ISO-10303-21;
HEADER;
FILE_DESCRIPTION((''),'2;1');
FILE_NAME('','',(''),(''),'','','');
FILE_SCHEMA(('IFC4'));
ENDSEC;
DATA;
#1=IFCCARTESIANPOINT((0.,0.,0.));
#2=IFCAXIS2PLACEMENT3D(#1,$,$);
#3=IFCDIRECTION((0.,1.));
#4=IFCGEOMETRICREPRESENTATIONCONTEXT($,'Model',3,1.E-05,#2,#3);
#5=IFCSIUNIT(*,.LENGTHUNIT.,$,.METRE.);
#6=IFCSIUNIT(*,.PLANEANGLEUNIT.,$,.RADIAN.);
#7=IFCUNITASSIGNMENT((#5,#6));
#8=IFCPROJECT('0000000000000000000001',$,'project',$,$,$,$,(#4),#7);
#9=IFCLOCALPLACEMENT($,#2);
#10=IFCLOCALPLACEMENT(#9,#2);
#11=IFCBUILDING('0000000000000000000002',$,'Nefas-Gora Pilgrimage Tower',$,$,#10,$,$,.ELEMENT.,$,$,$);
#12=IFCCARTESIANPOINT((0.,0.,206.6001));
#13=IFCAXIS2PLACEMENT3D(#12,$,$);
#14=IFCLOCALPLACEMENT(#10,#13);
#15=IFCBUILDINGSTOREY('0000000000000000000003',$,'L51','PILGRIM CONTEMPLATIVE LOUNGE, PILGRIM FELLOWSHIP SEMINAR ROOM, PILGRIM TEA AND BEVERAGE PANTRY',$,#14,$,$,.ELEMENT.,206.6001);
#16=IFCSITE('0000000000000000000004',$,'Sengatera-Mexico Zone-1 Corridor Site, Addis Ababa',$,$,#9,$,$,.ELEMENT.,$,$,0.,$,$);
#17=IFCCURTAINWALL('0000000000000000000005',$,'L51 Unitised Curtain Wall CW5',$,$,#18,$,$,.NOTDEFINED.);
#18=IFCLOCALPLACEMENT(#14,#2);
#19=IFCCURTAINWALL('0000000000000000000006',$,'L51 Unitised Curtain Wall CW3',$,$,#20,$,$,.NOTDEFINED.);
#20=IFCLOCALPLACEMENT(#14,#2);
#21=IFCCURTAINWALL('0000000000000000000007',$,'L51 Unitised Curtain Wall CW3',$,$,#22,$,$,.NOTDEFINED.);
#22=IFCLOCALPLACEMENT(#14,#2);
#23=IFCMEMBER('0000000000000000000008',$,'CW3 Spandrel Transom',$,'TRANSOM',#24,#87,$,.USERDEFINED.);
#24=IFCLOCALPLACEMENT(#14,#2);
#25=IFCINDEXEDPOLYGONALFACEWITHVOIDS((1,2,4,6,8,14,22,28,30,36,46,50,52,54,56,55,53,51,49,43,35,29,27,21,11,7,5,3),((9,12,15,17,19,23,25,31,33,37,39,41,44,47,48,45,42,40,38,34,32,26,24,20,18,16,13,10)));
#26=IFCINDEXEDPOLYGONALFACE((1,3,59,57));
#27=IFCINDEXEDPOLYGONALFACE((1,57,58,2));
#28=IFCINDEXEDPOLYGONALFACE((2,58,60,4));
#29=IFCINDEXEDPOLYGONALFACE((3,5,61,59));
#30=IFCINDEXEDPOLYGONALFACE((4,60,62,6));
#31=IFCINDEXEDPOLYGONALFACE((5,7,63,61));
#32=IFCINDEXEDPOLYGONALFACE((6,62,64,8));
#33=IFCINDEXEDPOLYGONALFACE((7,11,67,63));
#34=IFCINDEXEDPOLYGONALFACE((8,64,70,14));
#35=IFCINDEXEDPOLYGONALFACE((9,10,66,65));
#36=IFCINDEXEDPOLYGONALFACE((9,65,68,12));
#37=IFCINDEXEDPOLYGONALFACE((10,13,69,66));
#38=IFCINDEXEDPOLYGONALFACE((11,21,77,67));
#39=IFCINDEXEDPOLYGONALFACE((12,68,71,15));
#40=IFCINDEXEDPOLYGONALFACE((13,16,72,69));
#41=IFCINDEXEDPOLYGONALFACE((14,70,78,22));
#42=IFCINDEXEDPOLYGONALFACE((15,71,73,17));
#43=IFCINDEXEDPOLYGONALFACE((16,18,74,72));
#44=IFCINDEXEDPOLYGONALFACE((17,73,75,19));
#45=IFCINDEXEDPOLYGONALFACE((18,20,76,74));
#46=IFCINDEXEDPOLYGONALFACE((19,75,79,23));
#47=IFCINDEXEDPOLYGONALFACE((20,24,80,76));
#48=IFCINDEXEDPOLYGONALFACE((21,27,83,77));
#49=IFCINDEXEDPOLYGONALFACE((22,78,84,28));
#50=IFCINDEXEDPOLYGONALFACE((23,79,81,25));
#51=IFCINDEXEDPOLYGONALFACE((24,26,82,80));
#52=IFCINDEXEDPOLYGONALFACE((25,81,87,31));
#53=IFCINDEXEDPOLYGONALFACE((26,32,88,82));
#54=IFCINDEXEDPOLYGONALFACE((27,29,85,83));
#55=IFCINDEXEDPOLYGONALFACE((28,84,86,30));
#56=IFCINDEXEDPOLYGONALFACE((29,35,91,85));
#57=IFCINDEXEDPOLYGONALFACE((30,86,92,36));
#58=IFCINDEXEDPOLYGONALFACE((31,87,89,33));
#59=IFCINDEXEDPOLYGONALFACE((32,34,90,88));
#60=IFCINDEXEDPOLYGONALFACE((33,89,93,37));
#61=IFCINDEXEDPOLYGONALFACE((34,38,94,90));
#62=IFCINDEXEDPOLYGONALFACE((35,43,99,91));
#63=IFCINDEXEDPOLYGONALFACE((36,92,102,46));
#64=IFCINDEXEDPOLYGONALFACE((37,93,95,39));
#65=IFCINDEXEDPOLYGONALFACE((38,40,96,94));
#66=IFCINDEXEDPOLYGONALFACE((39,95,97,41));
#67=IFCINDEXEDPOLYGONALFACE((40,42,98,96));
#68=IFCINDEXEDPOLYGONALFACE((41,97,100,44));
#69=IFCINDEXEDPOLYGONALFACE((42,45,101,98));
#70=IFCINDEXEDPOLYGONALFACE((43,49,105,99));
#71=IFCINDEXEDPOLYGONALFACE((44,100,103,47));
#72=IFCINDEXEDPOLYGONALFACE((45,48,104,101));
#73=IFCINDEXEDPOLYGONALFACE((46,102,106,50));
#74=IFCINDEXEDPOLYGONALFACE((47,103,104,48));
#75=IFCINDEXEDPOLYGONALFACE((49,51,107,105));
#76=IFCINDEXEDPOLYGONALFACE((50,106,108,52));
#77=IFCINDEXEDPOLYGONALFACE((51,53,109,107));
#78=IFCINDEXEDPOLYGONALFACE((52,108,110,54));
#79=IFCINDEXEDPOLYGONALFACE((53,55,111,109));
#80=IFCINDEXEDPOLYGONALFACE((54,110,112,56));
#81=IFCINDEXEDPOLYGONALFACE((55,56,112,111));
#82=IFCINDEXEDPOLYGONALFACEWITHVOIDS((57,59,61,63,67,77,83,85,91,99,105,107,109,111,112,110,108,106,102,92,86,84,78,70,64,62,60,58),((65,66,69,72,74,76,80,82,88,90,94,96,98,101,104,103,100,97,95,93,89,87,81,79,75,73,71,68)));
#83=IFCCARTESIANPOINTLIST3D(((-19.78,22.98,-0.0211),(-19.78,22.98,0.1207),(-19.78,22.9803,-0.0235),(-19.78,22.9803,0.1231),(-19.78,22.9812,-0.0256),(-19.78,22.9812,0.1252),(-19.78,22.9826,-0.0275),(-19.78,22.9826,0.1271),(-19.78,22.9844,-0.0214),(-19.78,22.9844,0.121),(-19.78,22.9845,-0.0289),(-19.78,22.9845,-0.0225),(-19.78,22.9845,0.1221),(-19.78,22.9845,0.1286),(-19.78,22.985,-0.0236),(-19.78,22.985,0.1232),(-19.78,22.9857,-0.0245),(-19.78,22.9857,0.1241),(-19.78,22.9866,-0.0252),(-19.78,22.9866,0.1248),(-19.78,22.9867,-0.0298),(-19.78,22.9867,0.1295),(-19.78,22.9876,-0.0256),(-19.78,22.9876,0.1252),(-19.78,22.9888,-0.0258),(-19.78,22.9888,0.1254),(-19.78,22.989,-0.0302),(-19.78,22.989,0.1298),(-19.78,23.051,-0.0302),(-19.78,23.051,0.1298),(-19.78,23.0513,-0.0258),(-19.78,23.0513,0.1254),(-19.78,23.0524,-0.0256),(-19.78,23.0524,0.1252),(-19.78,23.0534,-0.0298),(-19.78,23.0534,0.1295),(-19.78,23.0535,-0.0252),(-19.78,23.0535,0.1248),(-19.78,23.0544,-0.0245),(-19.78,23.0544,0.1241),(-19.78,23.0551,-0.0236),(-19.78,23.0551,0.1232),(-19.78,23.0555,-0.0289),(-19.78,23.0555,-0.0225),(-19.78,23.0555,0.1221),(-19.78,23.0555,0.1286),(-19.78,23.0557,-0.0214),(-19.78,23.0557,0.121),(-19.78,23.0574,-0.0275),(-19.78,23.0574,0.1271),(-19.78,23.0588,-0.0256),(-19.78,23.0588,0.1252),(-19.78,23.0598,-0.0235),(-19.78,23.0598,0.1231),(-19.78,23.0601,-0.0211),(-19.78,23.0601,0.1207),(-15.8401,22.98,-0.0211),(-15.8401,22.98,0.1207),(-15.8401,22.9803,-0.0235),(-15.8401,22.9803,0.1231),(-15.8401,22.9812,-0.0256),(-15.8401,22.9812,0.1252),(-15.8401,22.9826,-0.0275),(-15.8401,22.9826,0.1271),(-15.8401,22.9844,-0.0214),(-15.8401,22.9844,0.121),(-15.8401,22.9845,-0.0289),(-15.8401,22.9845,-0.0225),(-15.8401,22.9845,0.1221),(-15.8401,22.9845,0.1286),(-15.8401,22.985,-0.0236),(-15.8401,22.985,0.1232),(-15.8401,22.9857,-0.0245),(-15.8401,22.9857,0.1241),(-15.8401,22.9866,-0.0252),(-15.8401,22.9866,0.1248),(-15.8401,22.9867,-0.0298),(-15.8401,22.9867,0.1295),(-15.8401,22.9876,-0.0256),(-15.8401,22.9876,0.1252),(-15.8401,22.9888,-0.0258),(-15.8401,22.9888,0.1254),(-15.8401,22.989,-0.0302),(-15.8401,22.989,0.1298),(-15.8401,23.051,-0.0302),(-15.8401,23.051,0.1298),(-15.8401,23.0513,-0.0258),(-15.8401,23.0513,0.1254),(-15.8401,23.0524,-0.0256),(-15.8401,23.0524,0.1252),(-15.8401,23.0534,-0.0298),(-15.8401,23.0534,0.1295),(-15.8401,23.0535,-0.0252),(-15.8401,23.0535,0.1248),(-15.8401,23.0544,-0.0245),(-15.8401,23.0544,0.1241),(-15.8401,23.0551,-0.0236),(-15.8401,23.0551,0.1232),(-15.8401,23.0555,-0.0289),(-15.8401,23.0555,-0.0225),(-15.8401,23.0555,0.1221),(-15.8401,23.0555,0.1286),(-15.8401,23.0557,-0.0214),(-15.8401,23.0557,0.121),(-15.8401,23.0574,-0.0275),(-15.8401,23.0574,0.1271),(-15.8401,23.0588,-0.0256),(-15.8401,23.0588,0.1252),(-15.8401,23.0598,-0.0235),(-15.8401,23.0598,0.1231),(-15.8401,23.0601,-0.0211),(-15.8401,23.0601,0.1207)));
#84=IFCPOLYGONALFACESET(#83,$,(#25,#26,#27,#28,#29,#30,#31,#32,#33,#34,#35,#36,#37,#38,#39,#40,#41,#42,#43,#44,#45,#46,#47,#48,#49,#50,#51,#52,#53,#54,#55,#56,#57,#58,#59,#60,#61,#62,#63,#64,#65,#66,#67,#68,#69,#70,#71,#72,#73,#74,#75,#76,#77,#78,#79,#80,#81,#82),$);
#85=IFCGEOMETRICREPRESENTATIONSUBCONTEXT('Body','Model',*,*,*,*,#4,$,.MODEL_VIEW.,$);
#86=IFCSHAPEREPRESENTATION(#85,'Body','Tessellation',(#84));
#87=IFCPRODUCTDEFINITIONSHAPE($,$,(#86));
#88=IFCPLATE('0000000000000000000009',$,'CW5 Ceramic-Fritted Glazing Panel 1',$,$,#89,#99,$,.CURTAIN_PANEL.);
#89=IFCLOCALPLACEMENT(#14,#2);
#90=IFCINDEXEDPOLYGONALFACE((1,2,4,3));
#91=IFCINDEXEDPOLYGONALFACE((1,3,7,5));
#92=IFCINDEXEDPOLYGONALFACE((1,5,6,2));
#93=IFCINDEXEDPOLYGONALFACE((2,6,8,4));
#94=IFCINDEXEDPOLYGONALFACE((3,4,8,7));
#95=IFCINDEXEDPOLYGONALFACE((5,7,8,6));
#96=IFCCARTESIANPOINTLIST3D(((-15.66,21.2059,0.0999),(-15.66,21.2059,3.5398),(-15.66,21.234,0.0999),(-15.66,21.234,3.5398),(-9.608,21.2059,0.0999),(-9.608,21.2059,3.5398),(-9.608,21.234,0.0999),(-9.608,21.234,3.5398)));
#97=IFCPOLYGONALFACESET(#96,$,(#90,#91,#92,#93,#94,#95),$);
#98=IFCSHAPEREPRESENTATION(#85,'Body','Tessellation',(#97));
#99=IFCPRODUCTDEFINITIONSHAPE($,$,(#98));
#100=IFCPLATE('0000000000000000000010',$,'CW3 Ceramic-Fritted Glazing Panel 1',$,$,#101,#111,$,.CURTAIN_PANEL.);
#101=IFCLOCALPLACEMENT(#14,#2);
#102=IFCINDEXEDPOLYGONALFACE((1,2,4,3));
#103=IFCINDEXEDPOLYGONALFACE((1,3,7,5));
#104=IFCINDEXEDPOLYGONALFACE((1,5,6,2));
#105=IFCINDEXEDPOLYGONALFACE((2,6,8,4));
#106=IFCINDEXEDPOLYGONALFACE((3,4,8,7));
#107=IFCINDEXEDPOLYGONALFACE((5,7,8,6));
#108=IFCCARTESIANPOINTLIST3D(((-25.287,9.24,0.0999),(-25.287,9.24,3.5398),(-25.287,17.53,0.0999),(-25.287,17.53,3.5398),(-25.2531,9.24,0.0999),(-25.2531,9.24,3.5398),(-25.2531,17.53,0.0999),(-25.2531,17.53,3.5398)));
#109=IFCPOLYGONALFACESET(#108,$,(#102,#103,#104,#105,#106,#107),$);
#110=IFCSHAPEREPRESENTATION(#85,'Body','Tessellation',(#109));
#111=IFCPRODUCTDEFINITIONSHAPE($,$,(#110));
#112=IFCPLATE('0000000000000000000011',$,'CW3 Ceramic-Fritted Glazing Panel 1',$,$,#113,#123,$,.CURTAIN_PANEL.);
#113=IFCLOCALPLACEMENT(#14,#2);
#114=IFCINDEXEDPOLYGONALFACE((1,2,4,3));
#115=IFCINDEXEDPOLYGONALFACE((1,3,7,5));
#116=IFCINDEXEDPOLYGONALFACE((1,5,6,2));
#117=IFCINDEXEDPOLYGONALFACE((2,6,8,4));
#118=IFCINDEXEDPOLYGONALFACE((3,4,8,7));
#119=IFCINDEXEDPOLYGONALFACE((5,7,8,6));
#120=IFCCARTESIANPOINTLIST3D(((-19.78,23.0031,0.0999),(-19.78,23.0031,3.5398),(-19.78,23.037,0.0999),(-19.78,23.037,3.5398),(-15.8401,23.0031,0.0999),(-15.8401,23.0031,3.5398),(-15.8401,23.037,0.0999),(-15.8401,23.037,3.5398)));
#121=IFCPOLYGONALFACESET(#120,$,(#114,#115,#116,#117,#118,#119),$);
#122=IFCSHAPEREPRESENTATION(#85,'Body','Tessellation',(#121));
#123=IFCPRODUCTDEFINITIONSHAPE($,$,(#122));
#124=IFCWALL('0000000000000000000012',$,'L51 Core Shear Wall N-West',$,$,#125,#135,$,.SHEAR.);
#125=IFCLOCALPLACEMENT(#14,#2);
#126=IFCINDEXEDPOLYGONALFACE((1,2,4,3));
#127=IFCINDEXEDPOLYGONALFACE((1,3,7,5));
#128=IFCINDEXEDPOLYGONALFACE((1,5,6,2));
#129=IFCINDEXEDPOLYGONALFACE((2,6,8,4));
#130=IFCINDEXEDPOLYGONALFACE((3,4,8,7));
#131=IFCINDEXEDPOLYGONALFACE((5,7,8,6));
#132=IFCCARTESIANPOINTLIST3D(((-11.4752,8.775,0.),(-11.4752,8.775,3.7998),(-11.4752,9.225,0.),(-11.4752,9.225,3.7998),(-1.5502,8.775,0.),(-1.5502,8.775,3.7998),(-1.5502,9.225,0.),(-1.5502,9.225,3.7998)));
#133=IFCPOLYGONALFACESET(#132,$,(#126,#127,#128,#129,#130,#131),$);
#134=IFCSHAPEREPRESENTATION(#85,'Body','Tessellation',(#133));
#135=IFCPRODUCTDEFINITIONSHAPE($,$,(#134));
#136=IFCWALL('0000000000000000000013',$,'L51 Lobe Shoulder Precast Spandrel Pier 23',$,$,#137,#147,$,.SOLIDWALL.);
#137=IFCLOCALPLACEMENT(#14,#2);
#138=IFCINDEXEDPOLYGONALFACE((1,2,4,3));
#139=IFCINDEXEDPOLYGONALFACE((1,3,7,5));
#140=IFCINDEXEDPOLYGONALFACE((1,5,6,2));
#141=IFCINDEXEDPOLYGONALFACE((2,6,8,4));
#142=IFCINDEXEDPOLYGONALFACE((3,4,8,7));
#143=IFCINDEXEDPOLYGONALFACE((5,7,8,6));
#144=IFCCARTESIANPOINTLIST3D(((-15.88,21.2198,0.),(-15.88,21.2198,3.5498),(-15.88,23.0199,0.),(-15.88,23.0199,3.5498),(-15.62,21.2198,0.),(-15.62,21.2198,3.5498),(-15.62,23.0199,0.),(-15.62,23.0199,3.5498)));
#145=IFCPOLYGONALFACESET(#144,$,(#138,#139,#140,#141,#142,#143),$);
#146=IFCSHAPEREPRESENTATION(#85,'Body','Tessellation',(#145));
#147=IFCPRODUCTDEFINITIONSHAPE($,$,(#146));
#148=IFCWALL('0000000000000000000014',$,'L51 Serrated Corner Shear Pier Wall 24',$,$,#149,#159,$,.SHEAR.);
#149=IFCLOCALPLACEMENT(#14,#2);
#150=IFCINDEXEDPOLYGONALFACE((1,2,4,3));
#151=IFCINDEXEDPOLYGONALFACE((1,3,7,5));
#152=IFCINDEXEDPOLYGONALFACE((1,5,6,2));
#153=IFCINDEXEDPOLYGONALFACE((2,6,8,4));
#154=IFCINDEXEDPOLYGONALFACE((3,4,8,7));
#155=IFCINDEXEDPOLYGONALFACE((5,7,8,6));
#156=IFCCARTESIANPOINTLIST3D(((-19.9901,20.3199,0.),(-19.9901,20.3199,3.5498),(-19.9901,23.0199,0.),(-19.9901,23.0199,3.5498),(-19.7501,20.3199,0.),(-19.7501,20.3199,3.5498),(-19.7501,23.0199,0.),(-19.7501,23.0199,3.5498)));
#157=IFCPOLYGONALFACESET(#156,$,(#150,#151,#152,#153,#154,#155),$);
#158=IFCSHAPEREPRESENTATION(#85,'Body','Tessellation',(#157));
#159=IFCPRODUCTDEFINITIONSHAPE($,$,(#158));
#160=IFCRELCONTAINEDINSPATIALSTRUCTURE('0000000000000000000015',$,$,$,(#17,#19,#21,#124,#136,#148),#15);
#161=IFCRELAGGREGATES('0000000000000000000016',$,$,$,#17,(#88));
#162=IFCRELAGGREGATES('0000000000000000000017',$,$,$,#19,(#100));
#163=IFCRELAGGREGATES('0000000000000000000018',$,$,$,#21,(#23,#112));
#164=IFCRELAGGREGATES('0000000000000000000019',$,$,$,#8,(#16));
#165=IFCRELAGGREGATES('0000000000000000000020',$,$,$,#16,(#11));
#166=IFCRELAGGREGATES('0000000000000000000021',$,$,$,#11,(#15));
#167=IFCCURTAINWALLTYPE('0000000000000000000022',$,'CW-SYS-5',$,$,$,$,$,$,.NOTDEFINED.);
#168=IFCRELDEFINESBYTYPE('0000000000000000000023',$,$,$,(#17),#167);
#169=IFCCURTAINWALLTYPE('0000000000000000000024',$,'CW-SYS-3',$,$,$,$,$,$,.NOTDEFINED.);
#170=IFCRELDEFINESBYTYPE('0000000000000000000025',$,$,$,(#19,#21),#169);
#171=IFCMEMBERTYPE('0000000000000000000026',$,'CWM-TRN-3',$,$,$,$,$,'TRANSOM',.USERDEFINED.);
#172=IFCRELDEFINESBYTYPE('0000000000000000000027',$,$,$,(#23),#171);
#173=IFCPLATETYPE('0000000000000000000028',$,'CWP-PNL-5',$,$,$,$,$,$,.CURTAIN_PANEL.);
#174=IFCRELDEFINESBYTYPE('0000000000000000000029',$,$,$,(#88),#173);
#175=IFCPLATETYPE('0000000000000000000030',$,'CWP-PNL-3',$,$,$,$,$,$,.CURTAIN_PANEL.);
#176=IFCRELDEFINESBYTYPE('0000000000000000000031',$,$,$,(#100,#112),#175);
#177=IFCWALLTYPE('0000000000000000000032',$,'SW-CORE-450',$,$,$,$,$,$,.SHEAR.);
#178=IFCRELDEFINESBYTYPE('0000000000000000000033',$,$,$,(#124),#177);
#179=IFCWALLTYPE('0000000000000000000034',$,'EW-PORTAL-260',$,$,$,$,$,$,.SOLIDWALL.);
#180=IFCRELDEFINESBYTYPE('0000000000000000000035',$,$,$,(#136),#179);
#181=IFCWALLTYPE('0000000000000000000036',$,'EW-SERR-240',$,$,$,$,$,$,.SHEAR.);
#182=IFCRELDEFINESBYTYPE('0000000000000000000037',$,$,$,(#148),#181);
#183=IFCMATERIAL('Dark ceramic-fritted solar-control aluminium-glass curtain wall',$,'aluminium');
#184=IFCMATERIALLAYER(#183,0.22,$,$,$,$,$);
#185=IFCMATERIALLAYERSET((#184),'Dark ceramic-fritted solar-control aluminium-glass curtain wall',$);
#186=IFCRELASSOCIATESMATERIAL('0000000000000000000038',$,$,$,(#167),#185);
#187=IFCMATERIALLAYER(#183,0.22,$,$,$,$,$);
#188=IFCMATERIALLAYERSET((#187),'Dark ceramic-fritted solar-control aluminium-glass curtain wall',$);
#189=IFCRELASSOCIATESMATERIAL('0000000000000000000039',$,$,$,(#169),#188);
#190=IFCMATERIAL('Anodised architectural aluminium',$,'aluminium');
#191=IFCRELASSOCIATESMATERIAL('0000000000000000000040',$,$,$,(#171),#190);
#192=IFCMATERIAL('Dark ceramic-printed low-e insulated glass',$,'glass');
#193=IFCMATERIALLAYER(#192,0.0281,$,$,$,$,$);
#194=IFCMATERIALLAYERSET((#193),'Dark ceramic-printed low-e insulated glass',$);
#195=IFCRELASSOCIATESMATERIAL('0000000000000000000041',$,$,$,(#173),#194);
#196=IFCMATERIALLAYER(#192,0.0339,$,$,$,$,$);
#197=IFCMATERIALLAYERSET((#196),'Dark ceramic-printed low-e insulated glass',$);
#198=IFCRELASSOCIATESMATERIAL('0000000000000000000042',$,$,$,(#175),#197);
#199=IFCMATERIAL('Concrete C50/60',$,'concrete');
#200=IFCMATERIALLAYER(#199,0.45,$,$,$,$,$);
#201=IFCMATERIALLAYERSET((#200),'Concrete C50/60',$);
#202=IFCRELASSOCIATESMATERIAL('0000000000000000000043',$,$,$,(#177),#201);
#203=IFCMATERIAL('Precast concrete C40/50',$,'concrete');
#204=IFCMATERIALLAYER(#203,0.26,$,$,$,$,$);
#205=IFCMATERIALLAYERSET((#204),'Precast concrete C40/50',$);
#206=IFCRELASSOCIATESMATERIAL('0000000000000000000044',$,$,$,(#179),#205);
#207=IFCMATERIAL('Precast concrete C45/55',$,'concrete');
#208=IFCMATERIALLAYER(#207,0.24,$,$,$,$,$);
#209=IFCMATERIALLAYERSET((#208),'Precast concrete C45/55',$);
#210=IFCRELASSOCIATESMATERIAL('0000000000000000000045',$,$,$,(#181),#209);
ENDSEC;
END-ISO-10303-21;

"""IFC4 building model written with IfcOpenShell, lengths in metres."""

from ifc_helpers import new_model, si_unit, direction, frame, frame_2d, origin, origin_2d, place, context, subcontext, project, spatial, rectangle, hollow_rectangle, extrude, source, transform, mapped, material, layer, layer_set, material_profile, profile_set, type_object, element, aggregate, save


model = new_model("IFC4")

# Units and contexts
model_context = context("Model", 3, precision=1e-05, world=origin(), true_north=direction((0.0, 1.0)))
body_context = subcontext(model_context, "Body", "Model", "MODEL_VIEW")
ifc_project = project(units=[si_unit("LENGTHUNIT", "METRE"), si_unit("PLANEANGLEUNIT", "RADIAN")], contexts=[model_context])

# Site, building, storey
site_placement = place(None, origin())
site = spatial("IfcSite", under=ifc_project, at=site_placement, Name="Sengatera-Mexico Zone-1 Corridor Site, Addis Ababa", CompositionType="ELEMENT", RefElevation=0.0)
building_placement = place(site_placement, origin())
building = spatial("IfcBuilding", under=site, at=building_placement, Name="Nefas-Gora Pilgrimage Tower", CompositionType="ELEMENT")
storey_placement = place(building_placement, frame((0.0, 0.0, 206.6001)))
storey = spatial("IfcBuildingStorey", under=building, at=storey_placement, Name="L51", Description="PILGRIM CONTEMPLATIVE LOUNGE, PILGRIM FELLOWSHIP SEMINAR ROOM, PILGRIM TEA AND BEVERAGE PANTRY", CompositionType="ELEMENT", Elevation=206.6001)

# Curtain walls
ifc_material_1 = material(Name="Dark ceramic-fritted solar-control aluminium-glass curtain wall", Category="aluminium")
ifc_layer_1 = layer(ifc_material_1, 0.22)
ifc_layer_set_1 = layer_set([ifc_layer_1], Name="Dark ceramic-fritted solar-control aluminium-glass curtain wall")
curtain_wall_type_1 = type_object("IfcCurtainWallType", Name="CW-SYS-5", PredefinedType="NOTDEFINED", material=ifc_layer_set_1)
curtain_wall_1_placement = place(storey_placement, origin())
curtain_wall_1 = element("IfcCurtainWall", 1, at=curtain_wall_1_placement, inside=storey, type_object=curtain_wall_type_1, Name="L51 Unitised Curtain Wall CW5", PredefinedType="NOTDEFINED")
ifc_material_2 = material(Name="Anodised architectural aluminium", Category="aluminium")
ifc_layer_2 = layer(ifc_material_1, 0.22)
ifc_layer_set_2 = layer_set([ifc_layer_2], Name="Dark ceramic-fritted solar-control aluminium-glass curtain wall")
curtain_wall_type_2 = type_object("IfcCurtainWallType", Name="CW-SYS-3", PredefinedType="NOTDEFINED", material=ifc_layer_set_2)
curtain_wall_2_placement = place(storey_placement, origin())
curtain_wall_2 = element("IfcCurtainWall", 2, at=curtain_wall_2_placement, inside=storey, type_object=curtain_wall_type_2, Name="L51 Unitised Curtain Wall CW3", PredefinedType="NOTDEFINED")
ifc_material_profile_1 = material_profile(ifc_material_2, hollow_rectangle(XDim=0.0801, YDim=0.1599, WallThickness=0.0044, InnerFilletRadius=0.0044, OuterFilletRadius=0.009, at=origin_2d()), Name="ALU TRANSOM 80x160")
ifc_profile_set_1 = profile_set([ifc_material_profile_1], Name="Anodised architectural aluminium")
member_type_1 = type_object("IfcMemberType", Name="CWM-TRN-3", ElementType="TRANSOM", PredefinedType="USERDEFINED", material=ifc_profile_set_1)

# Curtain wall
curtain_wall_3_placement = place(storey_placement, origin())
curtain_wall_3 = element("IfcCurtainWall", 3, at=curtain_wall_3_placement, inside=storey, type_object=curtain_wall_type_2, Name="L51 Unitised Curtain Wall CW3", PredefinedType="NOTDEFINED")

# Member
shared_shape_1 = source(origin(), body_context, "Body", "SweptSolid", [
    extrude(hollow_rectangle(XDim=0.0801, YDim=0.1599, WallThickness=0.0044, InnerFilletRadius=0.0044, OuterFilletRadius=0.009, at=origin_2d()), origin(), (0.0, 0.0, 1.0), 3.9399),
])
member_1_placement = place(storey_placement, frame((-15.8401, 23.02, 0.0498), z_axis=(-1.0, 0.0, 0.0), x_axis=(0.0, -1.0, 0.0)))
member_1 = element("IfcMember", 4, at=member_1_placement, type_object=member_type_1, Name="CW3 Spandrel Transom", ObjectType="TRANSOM", PredefinedType="USERDEFINED", context=body_context, shape_type="MappedRepresentation", body=[
    mapped(shared_shape_1, transform((0.0, 0.0, 0.0), x_axis=(1.0, 0.0, 0.0), y_axis=(0.0, 1.0, 0.0), z_axis=(0.0, 0.0, 1.0), scale=1.0)),
])

# Plates
ifc_material_3 = material(Name="Dark ceramic-printed low-e insulated glass", Category="glass")
ifc_layer_3 = layer(ifc_material_3, 0.0281)
ifc_layer_set_3 = layer_set([ifc_layer_3], Name="Dark ceramic-printed low-e insulated glass")
plate_type_1 = type_object("IfcPlateType", Name="CWP-PNL-5", PredefinedType="CURTAIN_PANEL", material=ifc_layer_set_3)
shared_shape_2 = source(origin(), body_context, "Body", "SweptSolid", [
    extrude(rectangle(XDim=6.052, YDim=0.0281, at=origin_2d()), origin(), (0.0, 0.0, 1.0), 3.4399),
])
plate_1_placement = place(storey_placement, frame((-12.634, 21.22, 0.0999), z_axis=(0.0, 0.0, 1.0), x_axis=(-1.0, 0.0, 0.0)))
plate_1 = element("IfcPlate", 5, at=plate_1_placement, type_object=plate_type_1, Name="CW5 Ceramic-Fritted Glazing Panel 1", PredefinedType="CURTAIN_PANEL", context=body_context, shape_type="MappedRepresentation", body=[
    mapped(shared_shape_2, transform((0.0, 0.0, 0.0), x_axis=(1.0, 0.0, 0.0), y_axis=(0.0, 1.0, 0.0), z_axis=(0.0, 0.0, 1.0), scale=1.0)),
])
aggregate(curtain_wall_1, [plate_1])
ifc_layer_4 = layer(ifc_material_3, 0.0339)
ifc_layer_set_4 = layer_set([ifc_layer_4], Name="Dark ceramic-printed low-e insulated glass")
plate_type_2 = type_object("IfcPlateType", Name="CWP-PNL-3", PredefinedType="CURTAIN_PANEL", material=ifc_layer_set_4)
shared_shape_3 = source(origin(), body_context, "Body", "SweptSolid", [
    extrude(rectangle(XDim=8.29, YDim=0.0339, at=origin_2d()), origin(), (0.0, 0.0, 1.0), 3.4399),
])
plate_2_placement = place(storey_placement, frame((-25.27, 13.385, 0.0999), z_axis=(0.0, 0.0, 1.0), x_axis=(0.0, -1.0, 0.0)))
plate_2 = element("IfcPlate", 6, at=plate_2_placement, type_object=plate_type_2, Name="CW3 Ceramic-Fritted Glazing Panel 1", PredefinedType="CURTAIN_PANEL", context=body_context, shape_type="MappedRepresentation", body=[
    mapped(shared_shape_3, transform((0.0, 0.0, 0.0), x_axis=(1.0, 0.0, 0.0), y_axis=(0.0, 1.0, 0.0), z_axis=(0.0, 0.0, 1.0), scale=1.0)),
])
aggregate(curtain_wall_2, [plate_2])
shared_shape_4 = source(origin(), body_context, "Body", "SweptSolid", [
    extrude(rectangle(XDim=3.9399, YDim=0.0339, at=origin_2d()), origin(), (0.0, 0.0, 1.0), 3.4399),
])
plate_3_placement = place(storey_placement, frame((-17.8101, 23.02, 0.0999), z_axis=(0.0, 0.0, 1.0), x_axis=(-1.0, 0.0, 0.0)))
plate_3 = element("IfcPlate", 7, at=plate_3_placement, type_object=plate_type_2, Name="CW3 Ceramic-Fritted Glazing Panel 1", PredefinedType="CURTAIN_PANEL", context=body_context, shape_type="MappedRepresentation", body=[
    mapped(shared_shape_4, transform((0.0, 0.0, 0.0), x_axis=(1.0, 0.0, 0.0), y_axis=(0.0, 1.0, 0.0), z_axis=(0.0, 0.0, 1.0), scale=1.0)),
])
aggregate(curtain_wall_3, [member_1, plate_3])

# Walls
ifc_material_4 = material(Name="Concrete C50/60", Category="concrete")
ifc_layer_5 = layer(ifc_material_4, 0.45)
ifc_layer_set_5 = layer_set([ifc_layer_5], Name="Concrete C50/60")
wall_type_1 = type_object("IfcWallType", Name="SW-CORE-450", PredefinedType="SHEAR", material=ifc_layer_set_5)
shared_shape_5 = source(origin(), body_context, "Body", "SweptSolid", [
    extrude(rectangle(XDim=9.925, YDim=0.45, at=frame_2d((4.9624, 0.0))), origin(), (0.0, 0.0, 1.0), 3.7998),
])
wall_1_placement = place(storey_placement, frame((-11.4751, 9.0, 0.0), z_axis=(0.0, 0.0, 1.0), x_axis=(1.0, 0.0, 0.0)))
element("IfcWall", 8, at=wall_1_placement, inside=storey, type_object=wall_type_1, Name="L51 Core Shear Wall N-West", PredefinedType="SHEAR", context=body_context, shape_type="MappedRepresentation", body=[
    mapped(shared_shape_5, transform((0.0, 0.0, 0.0), x_axis=(1.0, 0.0, 0.0), y_axis=(0.0, 1.0, 0.0), z_axis=(0.0, 0.0, 1.0), scale=1.0)),
])
ifc_material_5 = material(Name="Precast concrete C40/50", Category="concrete")
ifc_layer_6 = layer(ifc_material_5, 0.26)
ifc_layer_set_6 = layer_set([ifc_layer_6], Name="Precast concrete C40/50")
wall_type_2 = type_object("IfcWallType", Name="EW-PORTAL-260", PredefinedType="SOLIDWALL", material=ifc_layer_set_6)
shared_shape_6 = source(origin(), body_context, "Body", "SweptSolid", [
    extrude(rectangle(XDim=1.8, YDim=0.26, at=frame_2d((0.8999, 0.0))), origin(), (0.0, 0.0, 1.0), 3.5498),
])
wall_2_placement = place(storey_placement, frame((-15.75, 21.22, 0.0), z_axis=(0.0, 0.0, 1.0), x_axis=(0.0, 1.0, 0.0)))
element("IfcWall", 9, at=wall_2_placement, inside=storey, type_object=wall_type_2, Name="L51 Lobe Shoulder Precast Spandrel Pier 23", PredefinedType="SOLIDWALL", context=body_context, shape_type="MappedRepresentation", body=[
    mapped(shared_shape_6, transform((0.0, 0.0, 0.0), x_axis=(1.0, 0.0, 0.0), y_axis=(0.0, 1.0, 0.0), z_axis=(0.0, 0.0, 1.0), scale=1.0)),
])
ifc_material_6 = material(Name="Precast concrete C45/55", Category="concrete")
ifc_layer_7 = layer(ifc_material_6, 0.24)
ifc_layer_set_7 = layer_set([ifc_layer_7], Name="Precast concrete C45/55")
wall_type_3 = type_object("IfcWallType", Name="EW-SERR-240", PredefinedType="SHEAR", material=ifc_layer_set_7)
shared_shape_7 = source(origin(), body_context, "Body", "SweptSolid", [
    extrude(rectangle(XDim=2.7, YDim=0.24, at=frame_2d((1.3501, 0.0))), origin(), (0.0, 0.0, 1.0), 3.5498),
])
wall_3_placement = place(storey_placement, frame((-19.8701, 23.02, 0.0), z_axis=(0.0, 0.0, 1.0), x_axis=(0.0, -1.0, 0.0)))
element("IfcWall", 10, at=wall_3_placement, inside=storey, type_object=wall_type_3, Name="L51 Serrated Corner Shear Pier Wall 24", PredefinedType="SHEAR", context=body_context, shape_type="MappedRepresentation", body=[
    mapped(shared_shape_7, transform((0.0, 0.0, 0.0), x_axis=(1.0, 0.0, 0.0), y_axis=(0.0, 1.0, 0.0), z_axis=(0.0, 0.0, 1.0), scale=1.0)),
])

save(model, "model.ifc")
